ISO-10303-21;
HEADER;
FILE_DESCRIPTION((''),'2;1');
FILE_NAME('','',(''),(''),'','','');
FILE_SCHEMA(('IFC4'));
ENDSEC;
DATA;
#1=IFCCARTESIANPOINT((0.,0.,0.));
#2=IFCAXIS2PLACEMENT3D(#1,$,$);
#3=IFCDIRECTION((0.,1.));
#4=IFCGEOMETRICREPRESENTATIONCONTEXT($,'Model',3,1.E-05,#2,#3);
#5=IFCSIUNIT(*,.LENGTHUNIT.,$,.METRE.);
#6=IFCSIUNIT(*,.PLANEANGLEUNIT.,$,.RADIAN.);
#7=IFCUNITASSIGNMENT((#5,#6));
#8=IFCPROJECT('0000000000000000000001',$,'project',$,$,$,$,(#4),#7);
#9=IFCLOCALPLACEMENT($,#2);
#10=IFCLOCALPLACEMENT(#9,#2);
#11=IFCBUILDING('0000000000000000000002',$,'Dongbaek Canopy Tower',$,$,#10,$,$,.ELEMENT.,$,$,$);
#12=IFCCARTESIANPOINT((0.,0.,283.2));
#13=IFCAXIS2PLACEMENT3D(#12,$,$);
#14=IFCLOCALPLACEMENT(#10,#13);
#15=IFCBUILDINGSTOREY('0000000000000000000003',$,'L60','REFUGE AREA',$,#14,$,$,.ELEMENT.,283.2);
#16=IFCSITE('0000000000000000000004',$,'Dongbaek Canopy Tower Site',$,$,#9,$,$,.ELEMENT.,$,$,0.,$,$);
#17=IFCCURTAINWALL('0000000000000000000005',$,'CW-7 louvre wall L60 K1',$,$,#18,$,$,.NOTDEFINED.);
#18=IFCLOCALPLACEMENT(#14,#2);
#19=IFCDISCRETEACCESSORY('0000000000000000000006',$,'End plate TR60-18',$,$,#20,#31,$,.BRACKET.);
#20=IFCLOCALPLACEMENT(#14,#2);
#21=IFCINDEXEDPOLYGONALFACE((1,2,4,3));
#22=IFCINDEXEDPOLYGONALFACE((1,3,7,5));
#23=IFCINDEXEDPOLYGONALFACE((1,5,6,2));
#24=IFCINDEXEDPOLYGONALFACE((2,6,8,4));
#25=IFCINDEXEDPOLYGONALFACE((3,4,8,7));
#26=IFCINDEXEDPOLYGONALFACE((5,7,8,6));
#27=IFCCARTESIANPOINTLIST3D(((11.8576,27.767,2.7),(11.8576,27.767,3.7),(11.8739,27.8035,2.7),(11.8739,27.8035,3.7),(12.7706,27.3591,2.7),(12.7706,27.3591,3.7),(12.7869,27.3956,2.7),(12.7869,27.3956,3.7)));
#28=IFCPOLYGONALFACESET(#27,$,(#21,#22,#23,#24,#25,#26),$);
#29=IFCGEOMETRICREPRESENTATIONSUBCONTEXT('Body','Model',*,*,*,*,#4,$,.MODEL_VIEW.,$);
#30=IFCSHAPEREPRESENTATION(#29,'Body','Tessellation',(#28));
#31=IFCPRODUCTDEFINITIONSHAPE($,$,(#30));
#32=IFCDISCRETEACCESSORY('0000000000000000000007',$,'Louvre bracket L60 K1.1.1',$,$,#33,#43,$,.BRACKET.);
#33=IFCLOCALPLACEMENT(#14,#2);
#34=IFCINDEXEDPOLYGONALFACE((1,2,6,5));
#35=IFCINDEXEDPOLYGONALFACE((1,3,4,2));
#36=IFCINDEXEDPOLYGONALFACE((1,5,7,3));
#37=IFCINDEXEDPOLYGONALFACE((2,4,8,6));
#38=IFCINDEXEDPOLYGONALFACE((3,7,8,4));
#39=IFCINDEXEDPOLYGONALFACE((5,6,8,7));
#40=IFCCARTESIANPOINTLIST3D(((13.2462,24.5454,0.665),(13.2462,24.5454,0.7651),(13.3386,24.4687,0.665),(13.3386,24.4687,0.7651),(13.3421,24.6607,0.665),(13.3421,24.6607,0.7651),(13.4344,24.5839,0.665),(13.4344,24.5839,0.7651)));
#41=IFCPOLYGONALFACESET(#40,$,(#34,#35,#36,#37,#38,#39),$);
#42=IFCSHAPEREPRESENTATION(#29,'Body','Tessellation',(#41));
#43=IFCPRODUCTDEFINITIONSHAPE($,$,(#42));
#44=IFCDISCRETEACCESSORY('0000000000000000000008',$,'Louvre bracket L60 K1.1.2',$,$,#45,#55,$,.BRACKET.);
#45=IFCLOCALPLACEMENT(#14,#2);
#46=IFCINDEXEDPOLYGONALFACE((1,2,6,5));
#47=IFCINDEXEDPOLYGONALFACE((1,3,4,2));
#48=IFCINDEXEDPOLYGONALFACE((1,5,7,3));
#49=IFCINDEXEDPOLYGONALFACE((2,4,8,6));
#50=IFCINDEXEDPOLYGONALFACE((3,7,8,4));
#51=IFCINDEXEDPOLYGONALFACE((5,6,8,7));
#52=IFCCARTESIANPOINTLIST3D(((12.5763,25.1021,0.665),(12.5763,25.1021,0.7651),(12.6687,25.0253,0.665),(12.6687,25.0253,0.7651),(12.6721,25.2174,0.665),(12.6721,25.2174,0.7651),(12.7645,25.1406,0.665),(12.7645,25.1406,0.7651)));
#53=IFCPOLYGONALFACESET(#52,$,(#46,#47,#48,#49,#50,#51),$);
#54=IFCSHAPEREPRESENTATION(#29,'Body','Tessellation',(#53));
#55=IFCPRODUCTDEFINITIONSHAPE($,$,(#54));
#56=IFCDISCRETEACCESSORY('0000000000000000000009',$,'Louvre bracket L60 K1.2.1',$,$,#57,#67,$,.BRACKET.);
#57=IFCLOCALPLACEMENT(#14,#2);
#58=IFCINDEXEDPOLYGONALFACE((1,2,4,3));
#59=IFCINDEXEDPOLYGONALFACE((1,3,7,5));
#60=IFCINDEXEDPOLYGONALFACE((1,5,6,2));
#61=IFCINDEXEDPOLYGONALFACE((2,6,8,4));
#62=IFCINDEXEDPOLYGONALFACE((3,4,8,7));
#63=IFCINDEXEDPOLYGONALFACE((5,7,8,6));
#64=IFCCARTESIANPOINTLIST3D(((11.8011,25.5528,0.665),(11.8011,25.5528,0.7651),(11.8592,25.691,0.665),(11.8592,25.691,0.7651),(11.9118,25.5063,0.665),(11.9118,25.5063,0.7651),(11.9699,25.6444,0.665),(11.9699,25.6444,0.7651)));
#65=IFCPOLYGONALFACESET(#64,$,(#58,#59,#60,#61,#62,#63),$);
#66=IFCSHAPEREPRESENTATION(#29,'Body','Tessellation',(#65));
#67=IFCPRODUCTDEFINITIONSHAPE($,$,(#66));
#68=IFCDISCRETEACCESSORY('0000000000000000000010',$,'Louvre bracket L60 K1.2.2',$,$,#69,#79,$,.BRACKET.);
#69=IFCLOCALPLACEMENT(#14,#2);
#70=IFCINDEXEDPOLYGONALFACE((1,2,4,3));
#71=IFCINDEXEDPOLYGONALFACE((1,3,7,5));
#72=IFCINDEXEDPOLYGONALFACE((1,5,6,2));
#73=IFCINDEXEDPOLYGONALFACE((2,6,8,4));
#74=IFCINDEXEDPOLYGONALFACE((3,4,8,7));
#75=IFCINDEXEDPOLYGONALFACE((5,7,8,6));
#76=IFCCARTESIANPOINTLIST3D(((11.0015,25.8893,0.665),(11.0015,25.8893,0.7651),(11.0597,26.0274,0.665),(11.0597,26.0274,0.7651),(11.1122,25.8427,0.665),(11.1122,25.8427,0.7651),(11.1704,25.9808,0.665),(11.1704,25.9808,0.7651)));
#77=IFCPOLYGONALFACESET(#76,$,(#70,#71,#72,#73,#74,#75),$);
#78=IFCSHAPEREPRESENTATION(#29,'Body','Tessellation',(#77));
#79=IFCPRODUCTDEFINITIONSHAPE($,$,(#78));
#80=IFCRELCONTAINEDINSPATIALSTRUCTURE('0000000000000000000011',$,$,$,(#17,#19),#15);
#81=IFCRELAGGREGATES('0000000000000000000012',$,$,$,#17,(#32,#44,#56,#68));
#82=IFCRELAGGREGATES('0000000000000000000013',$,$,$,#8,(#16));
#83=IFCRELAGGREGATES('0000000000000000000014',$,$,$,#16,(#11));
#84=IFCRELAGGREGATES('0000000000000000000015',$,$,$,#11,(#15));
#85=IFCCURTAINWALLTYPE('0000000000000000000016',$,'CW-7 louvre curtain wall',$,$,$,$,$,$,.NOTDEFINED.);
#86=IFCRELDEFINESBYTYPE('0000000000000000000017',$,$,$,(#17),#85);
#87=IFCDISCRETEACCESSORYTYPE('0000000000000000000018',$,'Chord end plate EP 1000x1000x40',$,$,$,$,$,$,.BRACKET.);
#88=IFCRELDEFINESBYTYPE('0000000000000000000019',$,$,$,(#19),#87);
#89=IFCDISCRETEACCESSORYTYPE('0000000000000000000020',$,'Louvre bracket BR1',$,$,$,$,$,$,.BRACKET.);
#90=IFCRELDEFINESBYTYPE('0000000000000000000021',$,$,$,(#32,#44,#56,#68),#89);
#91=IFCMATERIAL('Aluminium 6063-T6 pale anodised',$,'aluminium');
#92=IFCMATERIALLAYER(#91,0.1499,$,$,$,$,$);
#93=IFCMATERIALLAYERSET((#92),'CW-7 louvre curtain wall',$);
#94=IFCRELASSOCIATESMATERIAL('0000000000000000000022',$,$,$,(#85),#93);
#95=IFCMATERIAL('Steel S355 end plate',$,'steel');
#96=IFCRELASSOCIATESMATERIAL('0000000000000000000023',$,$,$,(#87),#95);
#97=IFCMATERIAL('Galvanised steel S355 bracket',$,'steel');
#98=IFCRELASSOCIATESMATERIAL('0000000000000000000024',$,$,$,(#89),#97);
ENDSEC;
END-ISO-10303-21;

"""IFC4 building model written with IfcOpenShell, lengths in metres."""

from ifc_helpers import new_model, si_unit, direction, frame, origin, origin_2d, place, context, subcontext, project, spatial, rectangle, extrude, material, layer, layer_set, type_object, element, aggregate, save


model = new_model("IFC4")

# Units and contexts
model_context = context("Model", 3, precision=1e-05, world=origin(), true_north=direction((0.0, 1.0)))
body_context = subcontext(model_context, "Body", "Model", "MODEL_VIEW")
ifc_project = project(units=[si_unit("LENGTHUNIT", "METRE"), si_unit("PLANEANGLEUNIT", "RADIAN")], contexts=[model_context])

# Site, building, storey
site_placement = place(None, origin())
site = spatial("IfcSite", under=ifc_project, at=site_placement, Name="Dongbaek Canopy Tower Site", CompositionType="ELEMENT", RefElevation=0.0)
building_placement = place(site_placement, origin())
building = spatial("IfcBuilding", under=site, at=building_placement, Name="Dongbaek Canopy Tower", CompositionType="ELEMENT")
storey_placement = place(building_placement, frame((0.0, 0.0, 283.2)))
storey = spatial("IfcBuildingStorey", under=building, at=storey_placement, Name="L60", Description="REFUGE AREA", CompositionType="ELEMENT", Elevation=283.2)

# Curtain wall
ifc_material_1 = material(Name="Aluminium 6063-T6 pale anodised", Category="aluminium")
ifc_layer_1 = layer(ifc_material_1, 0.1499)
ifc_layer_set_1 = layer_set([ifc_layer_1], Name="CW-7 louvre curtain wall")
curtain_wall_type = type_object("IfcCurtainWallType", Name="CW-7 louvre curtain wall", PredefinedType="NOTDEFINED", material=ifc_layer_set_1)
curtain_wall_placement = place(storey_placement, origin())
curtain_wall = element("IfcCurtainWall", 1, at=curtain_wall_placement, inside=storey, type_object=curtain_wall_type, Name="CW-7 louvre wall L60 K1", PredefinedType="NOTDEFINED")

# Discrete accessories
ifc_material_2 = material(Name="Steel S355 end plate", Category="steel")
discrete_accessory_type_1 = type_object("IfcDiscreteAccessoryType", Name="Chord end plate EP 1000x1000x40", PredefinedType="BRACKET", material=ifc_material_2)
discrete_accessory_1_placement = place(storey_placement, frame((12.3223, 27.5813, 2.7), z_axis=(0.0, 0.0, 1.0), x_axis=(-0.407908, -0.913023, 0.0)))
element("IfcDiscreteAccessory", 2, at=discrete_accessory_1_placement, inside=storey, type_object=discrete_accessory_type_1, Name="End plate TR60-18", PredefinedType="BRACKET", context=body_context, shape_type="SweptSolid", body=[
    extrude(rectangle(XDim=0.04, YDim=1.0, at=origin_2d()), origin(), (0.0, 0.0, 1.0), 1.0),
])
ifc_material_3 = material(Name="Galvanised steel S355 bracket", Category="steel")
discrete_accessory_type_2 = type_object("IfcDiscreteAccessoryType", Name="Louvre bracket BR1", PredefinedType="BRACKET", material=ifc_material_3)
discrete_accessory_2_placement = place(storey_placement, frame((13.3403, 24.5647, 0.665), z_axis=(0.0, 0.0, 1.0), x_axis=(-0.769028, 0.639215, 0.0)))
discrete_accessory_2 = element("IfcDiscreteAccessory", 3, at=discrete_accessory_2_placement, type_object=discrete_accessory_type_2, Name="Louvre bracket L60 K1.1.1", PredefinedType="BRACKET", context=body_context, shape_type="SweptSolid", body=[
    extrude(rectangle(XDim=0.1201, YDim=0.1499, at=origin_2d()), origin(), (0.0, 0.0, 1.0), 0.1001),
])
discrete_accessory_3_placement = place(storey_placement, frame((12.6704, 25.1213, 0.665), z_axis=(0.0, 0.0, 1.0), x_axis=(-0.769028, 0.639215, 0.0)))
discrete_accessory_3 = element("IfcDiscreteAccessory", 4, at=discrete_accessory_3_placement, type_object=discrete_accessory_type_2, Name="Louvre bracket L60 K1.1.2", PredefinedType="BRACKET", context=body_context, shape_type="SweptSolid", body=[
    extrude(rectangle(XDim=0.1201, YDim=0.1499, at=origin_2d()), origin(), (0.0, 0.0, 1.0), 0.1001),
])
discrete_accessory_4_placement = place(storey_placement, frame((11.8855, 25.5986, 0.665), z_axis=(0.0, 0.0, 1.0), x_axis=(-0.921716, 0.387865, 0.0)))
discrete_accessory_4 = element("IfcDiscreteAccessory", 5, at=discrete_accessory_4_placement, type_object=discrete_accessory_type_2, Name="Louvre bracket L60 K1.2.1", PredefinedType="BRACKET", context=body_context, shape_type="SweptSolid", body=[
    extrude(rectangle(XDim=0.1201, YDim=0.1499, at=origin_2d()), origin(), (0.0, 0.0, 1.0), 0.1001),
])
discrete_accessory_5_placement = place(storey_placement, frame((11.0859, 25.9351, 0.665), z_axis=(0.0, 0.0, 1.0), x_axis=(-0.921716, 0.387865, 0.0)))
discrete_accessory_5 = element("IfcDiscreteAccessory", 6, at=discrete_accessory_5_placement, type_object=discrete_accessory_type_2, Name="Louvre bracket L60 K1.2.2", PredefinedType="BRACKET", context=body_context, shape_type="SweptSolid", body=[
    extrude(rectangle(XDim=0.1201, YDim=0.1499, at=origin_2d()), origin(), (0.0, 0.0, 1.0), 0.1001),
])
aggregate(curtain_wall, [discrete_accessory_2, discrete_accessory_3, discrete_accessory_4, discrete_accessory_5])

save(model, "model.ifc")
